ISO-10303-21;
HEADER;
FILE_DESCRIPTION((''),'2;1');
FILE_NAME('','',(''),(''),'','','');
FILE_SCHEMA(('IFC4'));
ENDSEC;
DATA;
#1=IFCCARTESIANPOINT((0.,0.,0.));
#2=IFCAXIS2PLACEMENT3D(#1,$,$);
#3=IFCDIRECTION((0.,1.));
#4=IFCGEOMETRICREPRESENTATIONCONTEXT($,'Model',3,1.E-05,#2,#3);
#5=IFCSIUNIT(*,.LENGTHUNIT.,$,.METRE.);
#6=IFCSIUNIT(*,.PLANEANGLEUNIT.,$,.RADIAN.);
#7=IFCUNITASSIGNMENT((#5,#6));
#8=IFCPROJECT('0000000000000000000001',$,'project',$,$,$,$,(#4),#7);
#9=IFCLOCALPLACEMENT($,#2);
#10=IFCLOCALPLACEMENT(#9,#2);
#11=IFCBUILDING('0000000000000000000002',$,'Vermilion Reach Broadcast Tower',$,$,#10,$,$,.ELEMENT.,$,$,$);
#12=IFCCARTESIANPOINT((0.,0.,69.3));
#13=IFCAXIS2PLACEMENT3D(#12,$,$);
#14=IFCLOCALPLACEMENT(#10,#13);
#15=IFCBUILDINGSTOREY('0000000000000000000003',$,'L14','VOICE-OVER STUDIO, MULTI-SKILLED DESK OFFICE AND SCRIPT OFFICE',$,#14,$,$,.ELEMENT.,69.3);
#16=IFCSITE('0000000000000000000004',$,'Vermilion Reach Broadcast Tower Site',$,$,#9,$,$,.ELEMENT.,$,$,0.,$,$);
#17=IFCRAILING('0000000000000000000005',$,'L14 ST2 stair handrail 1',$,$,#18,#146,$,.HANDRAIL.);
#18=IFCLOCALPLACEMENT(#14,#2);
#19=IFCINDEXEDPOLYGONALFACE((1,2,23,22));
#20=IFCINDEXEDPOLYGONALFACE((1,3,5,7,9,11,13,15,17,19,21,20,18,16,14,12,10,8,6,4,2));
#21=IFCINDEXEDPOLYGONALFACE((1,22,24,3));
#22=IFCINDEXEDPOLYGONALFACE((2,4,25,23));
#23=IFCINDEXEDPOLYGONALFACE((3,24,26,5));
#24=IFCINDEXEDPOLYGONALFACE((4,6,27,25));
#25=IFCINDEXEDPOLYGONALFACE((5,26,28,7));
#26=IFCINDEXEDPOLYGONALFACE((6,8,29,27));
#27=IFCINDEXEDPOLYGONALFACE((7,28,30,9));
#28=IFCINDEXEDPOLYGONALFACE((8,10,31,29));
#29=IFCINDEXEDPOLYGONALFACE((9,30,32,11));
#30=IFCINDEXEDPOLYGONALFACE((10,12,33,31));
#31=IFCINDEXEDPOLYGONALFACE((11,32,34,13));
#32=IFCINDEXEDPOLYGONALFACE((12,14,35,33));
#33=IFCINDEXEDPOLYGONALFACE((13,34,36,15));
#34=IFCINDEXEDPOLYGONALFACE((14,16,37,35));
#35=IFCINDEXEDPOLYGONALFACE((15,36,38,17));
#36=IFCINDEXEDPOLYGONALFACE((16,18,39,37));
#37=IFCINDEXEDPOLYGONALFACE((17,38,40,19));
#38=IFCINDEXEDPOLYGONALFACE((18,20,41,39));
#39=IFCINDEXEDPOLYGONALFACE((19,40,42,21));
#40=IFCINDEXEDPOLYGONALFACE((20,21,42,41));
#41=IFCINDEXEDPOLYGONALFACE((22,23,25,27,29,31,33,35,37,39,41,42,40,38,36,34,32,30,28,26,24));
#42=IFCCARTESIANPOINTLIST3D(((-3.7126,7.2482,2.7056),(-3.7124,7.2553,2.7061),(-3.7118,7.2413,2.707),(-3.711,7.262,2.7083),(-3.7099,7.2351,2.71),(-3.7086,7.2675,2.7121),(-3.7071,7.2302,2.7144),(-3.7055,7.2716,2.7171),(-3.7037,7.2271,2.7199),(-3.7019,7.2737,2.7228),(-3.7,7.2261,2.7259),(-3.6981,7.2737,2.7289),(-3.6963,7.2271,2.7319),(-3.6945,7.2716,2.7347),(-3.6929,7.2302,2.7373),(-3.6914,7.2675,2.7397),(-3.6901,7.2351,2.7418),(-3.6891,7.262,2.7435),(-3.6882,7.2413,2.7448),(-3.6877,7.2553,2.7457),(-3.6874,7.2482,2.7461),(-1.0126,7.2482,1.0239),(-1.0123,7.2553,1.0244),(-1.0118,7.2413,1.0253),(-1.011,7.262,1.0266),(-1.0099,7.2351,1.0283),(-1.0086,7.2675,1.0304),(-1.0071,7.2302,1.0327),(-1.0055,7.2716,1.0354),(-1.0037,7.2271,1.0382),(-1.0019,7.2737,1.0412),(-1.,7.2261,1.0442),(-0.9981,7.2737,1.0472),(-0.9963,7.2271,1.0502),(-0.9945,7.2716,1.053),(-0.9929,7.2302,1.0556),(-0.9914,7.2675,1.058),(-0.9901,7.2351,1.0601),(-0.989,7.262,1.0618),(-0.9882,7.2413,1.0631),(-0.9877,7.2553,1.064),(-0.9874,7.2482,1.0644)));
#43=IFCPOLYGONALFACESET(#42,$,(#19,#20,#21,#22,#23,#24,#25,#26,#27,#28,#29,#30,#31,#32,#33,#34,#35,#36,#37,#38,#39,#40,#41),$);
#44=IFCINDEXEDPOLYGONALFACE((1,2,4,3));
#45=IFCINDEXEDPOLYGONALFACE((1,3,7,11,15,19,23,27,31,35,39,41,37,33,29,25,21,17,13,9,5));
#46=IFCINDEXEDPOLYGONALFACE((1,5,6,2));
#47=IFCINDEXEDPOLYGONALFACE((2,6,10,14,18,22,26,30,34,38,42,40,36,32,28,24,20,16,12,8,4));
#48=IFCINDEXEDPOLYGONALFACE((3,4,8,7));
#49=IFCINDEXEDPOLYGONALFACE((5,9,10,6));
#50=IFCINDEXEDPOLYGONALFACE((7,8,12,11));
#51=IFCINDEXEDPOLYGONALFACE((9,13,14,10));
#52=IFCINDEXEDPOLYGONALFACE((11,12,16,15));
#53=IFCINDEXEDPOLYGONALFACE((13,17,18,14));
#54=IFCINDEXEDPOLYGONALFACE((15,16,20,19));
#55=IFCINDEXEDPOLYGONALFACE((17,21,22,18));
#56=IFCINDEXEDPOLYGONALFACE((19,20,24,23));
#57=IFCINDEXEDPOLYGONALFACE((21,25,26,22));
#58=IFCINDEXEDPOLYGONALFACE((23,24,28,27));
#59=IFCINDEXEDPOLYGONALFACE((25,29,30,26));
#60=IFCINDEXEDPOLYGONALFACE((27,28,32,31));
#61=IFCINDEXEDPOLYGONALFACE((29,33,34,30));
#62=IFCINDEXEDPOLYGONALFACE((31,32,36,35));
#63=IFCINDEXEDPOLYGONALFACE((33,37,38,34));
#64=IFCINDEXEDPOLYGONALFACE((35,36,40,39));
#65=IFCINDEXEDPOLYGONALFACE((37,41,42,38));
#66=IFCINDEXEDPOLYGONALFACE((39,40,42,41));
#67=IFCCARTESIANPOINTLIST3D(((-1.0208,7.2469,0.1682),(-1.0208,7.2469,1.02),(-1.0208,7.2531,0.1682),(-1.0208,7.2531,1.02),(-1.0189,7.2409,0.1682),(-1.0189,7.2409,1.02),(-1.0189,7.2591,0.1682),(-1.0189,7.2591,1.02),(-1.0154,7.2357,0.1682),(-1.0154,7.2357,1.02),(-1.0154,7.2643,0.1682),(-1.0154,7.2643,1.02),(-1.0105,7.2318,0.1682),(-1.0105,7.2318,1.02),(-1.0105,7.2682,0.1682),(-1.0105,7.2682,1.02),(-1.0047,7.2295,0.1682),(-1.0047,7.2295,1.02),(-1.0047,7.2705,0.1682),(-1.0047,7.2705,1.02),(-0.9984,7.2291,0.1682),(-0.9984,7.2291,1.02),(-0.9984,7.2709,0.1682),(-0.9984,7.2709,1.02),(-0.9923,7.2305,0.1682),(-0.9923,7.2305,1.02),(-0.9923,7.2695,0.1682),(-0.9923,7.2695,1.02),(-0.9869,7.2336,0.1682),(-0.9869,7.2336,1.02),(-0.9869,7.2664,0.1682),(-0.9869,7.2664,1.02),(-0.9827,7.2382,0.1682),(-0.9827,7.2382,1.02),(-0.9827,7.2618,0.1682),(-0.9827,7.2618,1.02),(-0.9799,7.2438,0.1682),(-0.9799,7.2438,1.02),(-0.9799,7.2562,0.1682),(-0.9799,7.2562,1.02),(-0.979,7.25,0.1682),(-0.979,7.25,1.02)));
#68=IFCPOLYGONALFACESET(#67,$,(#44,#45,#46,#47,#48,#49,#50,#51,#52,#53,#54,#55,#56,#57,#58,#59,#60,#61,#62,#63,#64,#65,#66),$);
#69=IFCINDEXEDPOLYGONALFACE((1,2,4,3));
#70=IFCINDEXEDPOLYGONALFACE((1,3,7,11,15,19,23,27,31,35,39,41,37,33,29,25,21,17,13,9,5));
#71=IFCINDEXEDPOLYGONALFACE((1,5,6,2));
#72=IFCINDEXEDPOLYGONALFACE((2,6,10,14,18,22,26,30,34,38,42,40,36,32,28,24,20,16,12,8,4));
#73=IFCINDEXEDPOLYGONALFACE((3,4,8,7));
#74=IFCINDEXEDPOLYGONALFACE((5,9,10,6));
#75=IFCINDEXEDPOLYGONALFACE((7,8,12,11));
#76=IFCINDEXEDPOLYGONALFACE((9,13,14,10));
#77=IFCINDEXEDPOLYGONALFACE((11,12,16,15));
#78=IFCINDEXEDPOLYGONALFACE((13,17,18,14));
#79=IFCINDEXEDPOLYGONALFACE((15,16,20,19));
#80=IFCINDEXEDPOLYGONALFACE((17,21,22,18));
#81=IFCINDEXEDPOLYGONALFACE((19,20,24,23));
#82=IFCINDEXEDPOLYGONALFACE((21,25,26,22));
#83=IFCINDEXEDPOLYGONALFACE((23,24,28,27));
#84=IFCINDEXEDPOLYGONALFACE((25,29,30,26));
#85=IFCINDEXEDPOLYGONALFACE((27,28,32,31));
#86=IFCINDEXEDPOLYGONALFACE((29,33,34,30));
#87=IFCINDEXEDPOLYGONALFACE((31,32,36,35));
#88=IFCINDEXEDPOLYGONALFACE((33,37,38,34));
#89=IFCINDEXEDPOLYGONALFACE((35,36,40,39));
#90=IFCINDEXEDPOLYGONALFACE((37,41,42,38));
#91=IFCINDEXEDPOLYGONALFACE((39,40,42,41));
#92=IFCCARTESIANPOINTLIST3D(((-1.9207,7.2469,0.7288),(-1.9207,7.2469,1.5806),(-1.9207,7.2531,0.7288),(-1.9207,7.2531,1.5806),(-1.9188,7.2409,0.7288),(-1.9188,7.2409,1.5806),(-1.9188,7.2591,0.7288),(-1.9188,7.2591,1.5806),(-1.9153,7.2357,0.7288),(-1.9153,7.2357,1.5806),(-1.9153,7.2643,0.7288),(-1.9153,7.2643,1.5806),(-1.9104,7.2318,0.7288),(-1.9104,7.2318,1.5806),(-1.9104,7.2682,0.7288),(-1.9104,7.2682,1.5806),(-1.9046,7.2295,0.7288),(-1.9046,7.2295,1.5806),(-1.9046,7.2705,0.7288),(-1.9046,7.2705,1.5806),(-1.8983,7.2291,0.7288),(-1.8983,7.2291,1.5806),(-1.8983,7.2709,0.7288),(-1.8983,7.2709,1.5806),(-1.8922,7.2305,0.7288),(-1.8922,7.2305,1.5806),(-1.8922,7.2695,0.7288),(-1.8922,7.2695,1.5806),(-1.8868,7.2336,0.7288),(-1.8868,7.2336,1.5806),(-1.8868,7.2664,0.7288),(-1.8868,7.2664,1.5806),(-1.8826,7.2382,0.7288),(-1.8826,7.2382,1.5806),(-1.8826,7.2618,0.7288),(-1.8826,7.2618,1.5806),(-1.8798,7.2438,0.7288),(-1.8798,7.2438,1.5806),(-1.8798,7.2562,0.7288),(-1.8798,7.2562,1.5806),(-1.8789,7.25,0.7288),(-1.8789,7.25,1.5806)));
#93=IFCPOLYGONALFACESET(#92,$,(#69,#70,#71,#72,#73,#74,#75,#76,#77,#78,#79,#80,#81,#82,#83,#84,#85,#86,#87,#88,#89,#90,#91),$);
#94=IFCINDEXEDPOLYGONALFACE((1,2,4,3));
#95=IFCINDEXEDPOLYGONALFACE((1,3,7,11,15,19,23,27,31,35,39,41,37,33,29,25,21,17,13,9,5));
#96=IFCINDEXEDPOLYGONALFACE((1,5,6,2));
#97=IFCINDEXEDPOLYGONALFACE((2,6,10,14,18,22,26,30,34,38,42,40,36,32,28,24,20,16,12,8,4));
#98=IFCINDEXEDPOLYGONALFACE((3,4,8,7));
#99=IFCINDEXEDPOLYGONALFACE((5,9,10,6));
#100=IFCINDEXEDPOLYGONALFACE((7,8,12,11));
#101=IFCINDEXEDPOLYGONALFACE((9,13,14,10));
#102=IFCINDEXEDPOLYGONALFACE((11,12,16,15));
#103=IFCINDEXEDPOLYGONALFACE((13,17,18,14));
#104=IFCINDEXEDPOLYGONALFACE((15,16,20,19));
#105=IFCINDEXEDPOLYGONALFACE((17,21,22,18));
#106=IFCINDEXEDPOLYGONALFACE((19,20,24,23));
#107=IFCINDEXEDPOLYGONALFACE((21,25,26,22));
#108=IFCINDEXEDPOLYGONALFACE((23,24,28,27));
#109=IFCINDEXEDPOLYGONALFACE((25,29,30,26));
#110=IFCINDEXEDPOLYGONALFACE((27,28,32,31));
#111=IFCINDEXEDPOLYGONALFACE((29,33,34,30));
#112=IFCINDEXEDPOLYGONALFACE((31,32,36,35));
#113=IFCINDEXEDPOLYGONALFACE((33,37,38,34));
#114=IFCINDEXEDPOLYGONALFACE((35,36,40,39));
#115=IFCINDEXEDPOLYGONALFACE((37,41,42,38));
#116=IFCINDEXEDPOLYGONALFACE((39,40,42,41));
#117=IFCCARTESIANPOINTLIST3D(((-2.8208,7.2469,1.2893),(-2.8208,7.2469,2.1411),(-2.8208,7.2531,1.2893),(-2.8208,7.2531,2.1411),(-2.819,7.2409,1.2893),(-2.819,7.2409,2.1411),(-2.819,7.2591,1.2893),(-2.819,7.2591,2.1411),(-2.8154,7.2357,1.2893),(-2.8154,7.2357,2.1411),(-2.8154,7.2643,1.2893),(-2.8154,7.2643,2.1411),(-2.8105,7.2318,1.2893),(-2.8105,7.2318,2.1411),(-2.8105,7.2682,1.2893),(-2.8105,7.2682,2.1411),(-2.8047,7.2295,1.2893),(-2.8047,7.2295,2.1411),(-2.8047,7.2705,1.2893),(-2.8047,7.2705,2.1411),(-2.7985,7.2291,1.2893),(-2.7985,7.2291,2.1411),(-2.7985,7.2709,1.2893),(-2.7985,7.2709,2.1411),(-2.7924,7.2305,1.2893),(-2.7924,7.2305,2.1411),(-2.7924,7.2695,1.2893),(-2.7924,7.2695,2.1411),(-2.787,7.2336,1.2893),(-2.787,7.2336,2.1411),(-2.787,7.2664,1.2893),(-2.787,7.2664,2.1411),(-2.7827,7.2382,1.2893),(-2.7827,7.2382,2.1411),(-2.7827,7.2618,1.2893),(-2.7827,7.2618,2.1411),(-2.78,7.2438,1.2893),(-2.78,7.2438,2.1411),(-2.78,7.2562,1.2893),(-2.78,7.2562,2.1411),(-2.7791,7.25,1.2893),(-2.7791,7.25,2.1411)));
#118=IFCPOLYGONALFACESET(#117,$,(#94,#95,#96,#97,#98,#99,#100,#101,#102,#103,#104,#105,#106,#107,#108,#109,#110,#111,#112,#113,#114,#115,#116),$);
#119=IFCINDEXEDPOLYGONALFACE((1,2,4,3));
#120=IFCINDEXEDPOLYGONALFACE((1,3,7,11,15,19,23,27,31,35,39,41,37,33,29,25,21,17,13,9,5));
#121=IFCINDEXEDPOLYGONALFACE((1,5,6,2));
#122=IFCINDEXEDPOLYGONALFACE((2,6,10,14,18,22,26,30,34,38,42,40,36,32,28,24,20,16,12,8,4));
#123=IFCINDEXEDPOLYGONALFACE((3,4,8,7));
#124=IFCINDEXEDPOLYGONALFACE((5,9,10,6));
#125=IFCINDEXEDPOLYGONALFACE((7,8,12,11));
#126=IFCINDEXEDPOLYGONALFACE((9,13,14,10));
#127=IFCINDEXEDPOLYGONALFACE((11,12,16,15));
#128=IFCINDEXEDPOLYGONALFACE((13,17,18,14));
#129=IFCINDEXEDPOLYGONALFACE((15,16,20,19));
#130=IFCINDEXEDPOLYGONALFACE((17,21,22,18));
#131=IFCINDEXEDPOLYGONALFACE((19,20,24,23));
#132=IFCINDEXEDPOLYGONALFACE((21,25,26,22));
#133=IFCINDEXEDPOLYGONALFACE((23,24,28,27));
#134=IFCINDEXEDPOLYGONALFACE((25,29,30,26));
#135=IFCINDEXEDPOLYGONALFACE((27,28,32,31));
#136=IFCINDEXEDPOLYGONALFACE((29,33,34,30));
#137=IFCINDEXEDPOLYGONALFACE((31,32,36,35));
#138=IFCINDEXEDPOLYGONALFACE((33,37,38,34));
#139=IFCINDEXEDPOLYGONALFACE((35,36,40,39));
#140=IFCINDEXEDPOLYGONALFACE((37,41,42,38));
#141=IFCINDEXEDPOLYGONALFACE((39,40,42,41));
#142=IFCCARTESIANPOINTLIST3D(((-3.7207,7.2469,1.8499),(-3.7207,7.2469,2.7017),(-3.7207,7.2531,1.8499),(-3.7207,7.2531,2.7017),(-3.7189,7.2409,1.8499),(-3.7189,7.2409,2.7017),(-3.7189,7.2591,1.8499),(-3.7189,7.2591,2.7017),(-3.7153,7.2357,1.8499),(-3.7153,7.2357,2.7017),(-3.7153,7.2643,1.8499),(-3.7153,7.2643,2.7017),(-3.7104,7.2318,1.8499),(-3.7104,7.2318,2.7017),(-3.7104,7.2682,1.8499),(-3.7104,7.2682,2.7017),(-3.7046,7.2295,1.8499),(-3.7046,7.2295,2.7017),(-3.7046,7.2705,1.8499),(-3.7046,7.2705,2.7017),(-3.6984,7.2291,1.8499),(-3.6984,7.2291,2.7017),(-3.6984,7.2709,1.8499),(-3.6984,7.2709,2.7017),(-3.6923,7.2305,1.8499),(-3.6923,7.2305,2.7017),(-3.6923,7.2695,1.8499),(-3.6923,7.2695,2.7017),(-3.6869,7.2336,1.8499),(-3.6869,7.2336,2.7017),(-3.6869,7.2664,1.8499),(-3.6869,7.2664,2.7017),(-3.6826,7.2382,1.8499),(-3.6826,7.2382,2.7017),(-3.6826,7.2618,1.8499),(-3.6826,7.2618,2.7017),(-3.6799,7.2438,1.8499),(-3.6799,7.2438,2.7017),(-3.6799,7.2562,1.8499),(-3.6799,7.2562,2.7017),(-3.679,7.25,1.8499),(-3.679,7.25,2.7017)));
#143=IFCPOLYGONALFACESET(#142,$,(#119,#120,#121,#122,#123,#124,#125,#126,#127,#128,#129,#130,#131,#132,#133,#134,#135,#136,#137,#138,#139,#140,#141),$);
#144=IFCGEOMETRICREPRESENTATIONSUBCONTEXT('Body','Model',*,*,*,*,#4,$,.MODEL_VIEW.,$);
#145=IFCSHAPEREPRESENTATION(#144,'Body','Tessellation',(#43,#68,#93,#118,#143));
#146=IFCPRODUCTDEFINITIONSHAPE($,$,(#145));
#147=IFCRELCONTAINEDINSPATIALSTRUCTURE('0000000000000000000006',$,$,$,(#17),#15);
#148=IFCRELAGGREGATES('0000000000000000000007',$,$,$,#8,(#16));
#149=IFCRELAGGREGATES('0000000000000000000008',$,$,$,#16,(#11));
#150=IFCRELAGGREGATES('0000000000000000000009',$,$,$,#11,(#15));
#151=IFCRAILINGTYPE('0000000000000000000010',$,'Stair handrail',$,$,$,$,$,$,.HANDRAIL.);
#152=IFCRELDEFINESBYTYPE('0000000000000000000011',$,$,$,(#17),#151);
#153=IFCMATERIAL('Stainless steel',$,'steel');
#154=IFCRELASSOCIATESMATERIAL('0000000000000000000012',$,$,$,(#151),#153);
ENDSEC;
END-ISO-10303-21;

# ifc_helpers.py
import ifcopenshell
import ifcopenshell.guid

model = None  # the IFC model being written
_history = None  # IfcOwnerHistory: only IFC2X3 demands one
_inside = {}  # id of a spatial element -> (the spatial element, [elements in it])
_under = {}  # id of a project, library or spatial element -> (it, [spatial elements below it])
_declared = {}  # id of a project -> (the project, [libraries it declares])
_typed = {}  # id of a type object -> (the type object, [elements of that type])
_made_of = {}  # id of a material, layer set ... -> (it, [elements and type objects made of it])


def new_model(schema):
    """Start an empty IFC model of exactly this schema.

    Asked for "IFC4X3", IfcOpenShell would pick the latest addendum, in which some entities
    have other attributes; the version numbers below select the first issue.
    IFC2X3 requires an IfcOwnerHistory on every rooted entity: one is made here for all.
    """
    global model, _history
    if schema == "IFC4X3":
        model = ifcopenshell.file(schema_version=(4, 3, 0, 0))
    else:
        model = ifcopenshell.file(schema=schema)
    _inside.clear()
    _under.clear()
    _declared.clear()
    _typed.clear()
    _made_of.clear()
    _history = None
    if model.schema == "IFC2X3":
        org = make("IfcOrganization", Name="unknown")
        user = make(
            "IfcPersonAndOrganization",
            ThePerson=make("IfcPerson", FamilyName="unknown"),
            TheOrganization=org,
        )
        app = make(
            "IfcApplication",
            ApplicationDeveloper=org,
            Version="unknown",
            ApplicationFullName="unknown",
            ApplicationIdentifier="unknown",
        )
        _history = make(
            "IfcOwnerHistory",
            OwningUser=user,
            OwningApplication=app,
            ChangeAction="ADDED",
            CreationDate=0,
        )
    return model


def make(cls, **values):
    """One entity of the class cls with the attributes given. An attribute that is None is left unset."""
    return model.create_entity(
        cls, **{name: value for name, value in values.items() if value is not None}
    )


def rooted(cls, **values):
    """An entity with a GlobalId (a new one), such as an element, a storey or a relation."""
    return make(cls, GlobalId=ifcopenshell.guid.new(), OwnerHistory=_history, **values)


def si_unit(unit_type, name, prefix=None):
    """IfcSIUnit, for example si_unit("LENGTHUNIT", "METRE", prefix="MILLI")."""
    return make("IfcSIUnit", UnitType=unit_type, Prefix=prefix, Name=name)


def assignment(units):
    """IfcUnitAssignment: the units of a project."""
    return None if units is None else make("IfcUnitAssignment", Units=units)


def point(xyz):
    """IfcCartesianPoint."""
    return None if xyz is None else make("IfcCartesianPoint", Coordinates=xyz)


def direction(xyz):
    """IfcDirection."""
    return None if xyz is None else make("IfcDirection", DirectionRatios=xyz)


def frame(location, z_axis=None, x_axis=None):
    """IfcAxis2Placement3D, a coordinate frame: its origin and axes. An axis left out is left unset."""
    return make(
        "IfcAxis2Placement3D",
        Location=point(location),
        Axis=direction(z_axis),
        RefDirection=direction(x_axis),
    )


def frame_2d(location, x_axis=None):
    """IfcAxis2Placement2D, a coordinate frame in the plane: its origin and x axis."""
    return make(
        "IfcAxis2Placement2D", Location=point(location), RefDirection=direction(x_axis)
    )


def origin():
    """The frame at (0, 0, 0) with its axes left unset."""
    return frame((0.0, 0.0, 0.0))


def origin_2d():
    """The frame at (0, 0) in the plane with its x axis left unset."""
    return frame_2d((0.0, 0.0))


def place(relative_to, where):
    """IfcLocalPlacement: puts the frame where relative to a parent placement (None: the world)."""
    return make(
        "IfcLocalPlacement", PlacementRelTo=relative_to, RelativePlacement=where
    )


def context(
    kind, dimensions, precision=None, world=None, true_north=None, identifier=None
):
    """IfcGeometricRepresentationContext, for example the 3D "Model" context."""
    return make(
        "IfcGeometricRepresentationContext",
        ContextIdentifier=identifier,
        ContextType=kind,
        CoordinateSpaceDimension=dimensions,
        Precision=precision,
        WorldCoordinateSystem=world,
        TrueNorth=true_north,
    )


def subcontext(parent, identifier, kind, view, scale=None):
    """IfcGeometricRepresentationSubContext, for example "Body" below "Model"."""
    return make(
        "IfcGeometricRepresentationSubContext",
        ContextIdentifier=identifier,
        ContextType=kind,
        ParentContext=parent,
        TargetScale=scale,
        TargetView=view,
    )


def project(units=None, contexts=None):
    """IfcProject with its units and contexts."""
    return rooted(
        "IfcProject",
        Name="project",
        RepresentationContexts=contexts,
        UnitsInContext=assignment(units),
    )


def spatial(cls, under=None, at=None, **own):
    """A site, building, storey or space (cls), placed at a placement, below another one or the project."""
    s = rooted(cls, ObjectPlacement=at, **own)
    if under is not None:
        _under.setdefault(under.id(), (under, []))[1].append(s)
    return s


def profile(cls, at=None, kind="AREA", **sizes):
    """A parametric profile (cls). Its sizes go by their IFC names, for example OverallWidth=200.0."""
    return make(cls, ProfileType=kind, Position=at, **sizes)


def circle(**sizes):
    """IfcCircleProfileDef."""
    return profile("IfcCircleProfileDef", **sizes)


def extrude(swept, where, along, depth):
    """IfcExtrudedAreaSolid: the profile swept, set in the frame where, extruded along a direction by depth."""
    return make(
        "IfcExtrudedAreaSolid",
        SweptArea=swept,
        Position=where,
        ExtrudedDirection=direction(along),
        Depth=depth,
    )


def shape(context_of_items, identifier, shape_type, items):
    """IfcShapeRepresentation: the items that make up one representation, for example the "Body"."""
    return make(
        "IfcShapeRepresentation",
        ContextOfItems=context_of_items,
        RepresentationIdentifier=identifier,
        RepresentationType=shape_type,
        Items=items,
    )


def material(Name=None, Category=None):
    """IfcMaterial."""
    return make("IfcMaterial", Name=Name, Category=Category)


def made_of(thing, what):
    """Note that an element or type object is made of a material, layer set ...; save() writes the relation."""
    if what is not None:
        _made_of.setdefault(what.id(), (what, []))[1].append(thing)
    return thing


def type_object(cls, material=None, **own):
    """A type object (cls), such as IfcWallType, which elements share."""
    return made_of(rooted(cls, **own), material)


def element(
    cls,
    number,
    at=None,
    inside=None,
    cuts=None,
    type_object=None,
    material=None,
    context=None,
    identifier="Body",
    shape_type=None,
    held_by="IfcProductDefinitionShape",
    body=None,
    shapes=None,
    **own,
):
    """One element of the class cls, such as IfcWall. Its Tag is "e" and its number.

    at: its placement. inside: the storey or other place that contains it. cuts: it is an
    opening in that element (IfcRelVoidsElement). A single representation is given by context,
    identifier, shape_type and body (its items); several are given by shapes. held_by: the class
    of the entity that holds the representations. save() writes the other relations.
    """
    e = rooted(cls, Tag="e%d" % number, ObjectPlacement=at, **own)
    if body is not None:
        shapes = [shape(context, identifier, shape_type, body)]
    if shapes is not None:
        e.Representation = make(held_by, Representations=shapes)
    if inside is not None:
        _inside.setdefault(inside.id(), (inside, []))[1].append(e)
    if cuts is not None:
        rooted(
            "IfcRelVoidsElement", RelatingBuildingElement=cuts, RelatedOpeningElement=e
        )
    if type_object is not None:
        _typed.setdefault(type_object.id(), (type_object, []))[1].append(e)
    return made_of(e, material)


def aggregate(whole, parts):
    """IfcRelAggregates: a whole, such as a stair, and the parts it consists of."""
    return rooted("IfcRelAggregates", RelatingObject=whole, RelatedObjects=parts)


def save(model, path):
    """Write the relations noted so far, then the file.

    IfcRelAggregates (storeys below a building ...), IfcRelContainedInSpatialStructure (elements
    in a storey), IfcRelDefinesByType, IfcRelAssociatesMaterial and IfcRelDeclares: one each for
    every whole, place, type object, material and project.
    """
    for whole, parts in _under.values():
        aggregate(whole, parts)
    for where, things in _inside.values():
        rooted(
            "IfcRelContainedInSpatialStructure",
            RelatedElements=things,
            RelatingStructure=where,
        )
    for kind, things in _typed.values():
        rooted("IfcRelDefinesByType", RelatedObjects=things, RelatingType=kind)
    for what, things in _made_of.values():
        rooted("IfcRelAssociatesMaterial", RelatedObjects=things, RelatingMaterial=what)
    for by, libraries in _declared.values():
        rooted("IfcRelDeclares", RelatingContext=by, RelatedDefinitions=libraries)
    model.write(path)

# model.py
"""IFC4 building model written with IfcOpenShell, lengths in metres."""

from ifc_helpers import new_model, si_unit, direction, frame, origin, origin_2d, place, context, subcontext, project, spatial, circle, extrude, material, type_object, element, save


model = new_model("IFC4")

# Units and contexts
model_context = context("Model", 3, precision=1e-05, world=origin(), true_north=direction((0.0, 1.0)))
body_context = subcontext(model_context, "Body", "Model", "MODEL_VIEW")
ifc_project = project(units=[si_unit("LENGTHUNIT", "METRE"), si_unit("PLANEANGLEUNIT", "RADIAN")], contexts=[model_context])

# Site, building, storey
site_placement = place(None, origin())
site = spatial("IfcSite", under=ifc_project, at=site_placement, Name="Vermilion Reach Broadcast Tower Site", CompositionType="ELEMENT", RefElevation=0.0)
building_placement = place(site_placement, origin())
building = spatial("IfcBuilding", under=site, at=building_placement, Name="Vermilion Reach Broadcast Tower", CompositionType="ELEMENT")
storey_placement = place(building_placement, frame((0.0, 0.0, 69.3)))
storey = spatial("IfcBuildingStorey", under=building, at=storey_placement, Name="L14", Description="VOICE-OVER STUDIO, MULTI-SKILLED DESK OFFICE AND SCRIPT OFFICE", CompositionType="ELEMENT", Elevation=69.3)

# Railing
ifc_material_1 = material(Name="Stainless steel", Category="steel")
railing_type_1 = type_object("IfcRailingType", Name="Stair handrail", PredefinedType="HANDRAIL", material=ifc_material_1)
railing_1_placement = place(storey_placement, frame((-1.0, 7.25, 0.1682)))
element("IfcRailing", 1, at=railing_1_placement, inside=storey, type_object=railing_type_1, Name="L14 ST2 stair handrail 1", PredefinedType="HANDRAIL", context=body_context, shape_type="SweptSolid", body=[
    extrude(circle(Radius=0.0239, at=origin_2d()), frame((0.0, 0.0, 0.876), z_axis=(-0.848821, 0.0, 0.528681), x_axis=(0.0, -1.0, 0.0)), (0.0, 0.0, 1.0), 3.1809),
    extrude(circle(Radius=0.021, at=origin_2d()), origin(), (0.0, 0.0, 1.0), 0.8518),
    extrude(circle(Radius=0.021, at=origin_2d()), frame((-0.8999, 0.0, 0.5605)), (0.0, 0.0, 1.0), 0.8518),
    extrude(circle(Radius=0.021, at=origin_2d()), frame((-1.8, 0.0, 1.1211)), (0.0, 0.0, 1.0), 0.8518),
    extrude(circle(Radius=0.021, at=origin_2d()), frame((-2.7, 0.0, 1.6816)), (0.0, 0.0, 1.0), 0.8518),
])

save(model, "model.ifc")
